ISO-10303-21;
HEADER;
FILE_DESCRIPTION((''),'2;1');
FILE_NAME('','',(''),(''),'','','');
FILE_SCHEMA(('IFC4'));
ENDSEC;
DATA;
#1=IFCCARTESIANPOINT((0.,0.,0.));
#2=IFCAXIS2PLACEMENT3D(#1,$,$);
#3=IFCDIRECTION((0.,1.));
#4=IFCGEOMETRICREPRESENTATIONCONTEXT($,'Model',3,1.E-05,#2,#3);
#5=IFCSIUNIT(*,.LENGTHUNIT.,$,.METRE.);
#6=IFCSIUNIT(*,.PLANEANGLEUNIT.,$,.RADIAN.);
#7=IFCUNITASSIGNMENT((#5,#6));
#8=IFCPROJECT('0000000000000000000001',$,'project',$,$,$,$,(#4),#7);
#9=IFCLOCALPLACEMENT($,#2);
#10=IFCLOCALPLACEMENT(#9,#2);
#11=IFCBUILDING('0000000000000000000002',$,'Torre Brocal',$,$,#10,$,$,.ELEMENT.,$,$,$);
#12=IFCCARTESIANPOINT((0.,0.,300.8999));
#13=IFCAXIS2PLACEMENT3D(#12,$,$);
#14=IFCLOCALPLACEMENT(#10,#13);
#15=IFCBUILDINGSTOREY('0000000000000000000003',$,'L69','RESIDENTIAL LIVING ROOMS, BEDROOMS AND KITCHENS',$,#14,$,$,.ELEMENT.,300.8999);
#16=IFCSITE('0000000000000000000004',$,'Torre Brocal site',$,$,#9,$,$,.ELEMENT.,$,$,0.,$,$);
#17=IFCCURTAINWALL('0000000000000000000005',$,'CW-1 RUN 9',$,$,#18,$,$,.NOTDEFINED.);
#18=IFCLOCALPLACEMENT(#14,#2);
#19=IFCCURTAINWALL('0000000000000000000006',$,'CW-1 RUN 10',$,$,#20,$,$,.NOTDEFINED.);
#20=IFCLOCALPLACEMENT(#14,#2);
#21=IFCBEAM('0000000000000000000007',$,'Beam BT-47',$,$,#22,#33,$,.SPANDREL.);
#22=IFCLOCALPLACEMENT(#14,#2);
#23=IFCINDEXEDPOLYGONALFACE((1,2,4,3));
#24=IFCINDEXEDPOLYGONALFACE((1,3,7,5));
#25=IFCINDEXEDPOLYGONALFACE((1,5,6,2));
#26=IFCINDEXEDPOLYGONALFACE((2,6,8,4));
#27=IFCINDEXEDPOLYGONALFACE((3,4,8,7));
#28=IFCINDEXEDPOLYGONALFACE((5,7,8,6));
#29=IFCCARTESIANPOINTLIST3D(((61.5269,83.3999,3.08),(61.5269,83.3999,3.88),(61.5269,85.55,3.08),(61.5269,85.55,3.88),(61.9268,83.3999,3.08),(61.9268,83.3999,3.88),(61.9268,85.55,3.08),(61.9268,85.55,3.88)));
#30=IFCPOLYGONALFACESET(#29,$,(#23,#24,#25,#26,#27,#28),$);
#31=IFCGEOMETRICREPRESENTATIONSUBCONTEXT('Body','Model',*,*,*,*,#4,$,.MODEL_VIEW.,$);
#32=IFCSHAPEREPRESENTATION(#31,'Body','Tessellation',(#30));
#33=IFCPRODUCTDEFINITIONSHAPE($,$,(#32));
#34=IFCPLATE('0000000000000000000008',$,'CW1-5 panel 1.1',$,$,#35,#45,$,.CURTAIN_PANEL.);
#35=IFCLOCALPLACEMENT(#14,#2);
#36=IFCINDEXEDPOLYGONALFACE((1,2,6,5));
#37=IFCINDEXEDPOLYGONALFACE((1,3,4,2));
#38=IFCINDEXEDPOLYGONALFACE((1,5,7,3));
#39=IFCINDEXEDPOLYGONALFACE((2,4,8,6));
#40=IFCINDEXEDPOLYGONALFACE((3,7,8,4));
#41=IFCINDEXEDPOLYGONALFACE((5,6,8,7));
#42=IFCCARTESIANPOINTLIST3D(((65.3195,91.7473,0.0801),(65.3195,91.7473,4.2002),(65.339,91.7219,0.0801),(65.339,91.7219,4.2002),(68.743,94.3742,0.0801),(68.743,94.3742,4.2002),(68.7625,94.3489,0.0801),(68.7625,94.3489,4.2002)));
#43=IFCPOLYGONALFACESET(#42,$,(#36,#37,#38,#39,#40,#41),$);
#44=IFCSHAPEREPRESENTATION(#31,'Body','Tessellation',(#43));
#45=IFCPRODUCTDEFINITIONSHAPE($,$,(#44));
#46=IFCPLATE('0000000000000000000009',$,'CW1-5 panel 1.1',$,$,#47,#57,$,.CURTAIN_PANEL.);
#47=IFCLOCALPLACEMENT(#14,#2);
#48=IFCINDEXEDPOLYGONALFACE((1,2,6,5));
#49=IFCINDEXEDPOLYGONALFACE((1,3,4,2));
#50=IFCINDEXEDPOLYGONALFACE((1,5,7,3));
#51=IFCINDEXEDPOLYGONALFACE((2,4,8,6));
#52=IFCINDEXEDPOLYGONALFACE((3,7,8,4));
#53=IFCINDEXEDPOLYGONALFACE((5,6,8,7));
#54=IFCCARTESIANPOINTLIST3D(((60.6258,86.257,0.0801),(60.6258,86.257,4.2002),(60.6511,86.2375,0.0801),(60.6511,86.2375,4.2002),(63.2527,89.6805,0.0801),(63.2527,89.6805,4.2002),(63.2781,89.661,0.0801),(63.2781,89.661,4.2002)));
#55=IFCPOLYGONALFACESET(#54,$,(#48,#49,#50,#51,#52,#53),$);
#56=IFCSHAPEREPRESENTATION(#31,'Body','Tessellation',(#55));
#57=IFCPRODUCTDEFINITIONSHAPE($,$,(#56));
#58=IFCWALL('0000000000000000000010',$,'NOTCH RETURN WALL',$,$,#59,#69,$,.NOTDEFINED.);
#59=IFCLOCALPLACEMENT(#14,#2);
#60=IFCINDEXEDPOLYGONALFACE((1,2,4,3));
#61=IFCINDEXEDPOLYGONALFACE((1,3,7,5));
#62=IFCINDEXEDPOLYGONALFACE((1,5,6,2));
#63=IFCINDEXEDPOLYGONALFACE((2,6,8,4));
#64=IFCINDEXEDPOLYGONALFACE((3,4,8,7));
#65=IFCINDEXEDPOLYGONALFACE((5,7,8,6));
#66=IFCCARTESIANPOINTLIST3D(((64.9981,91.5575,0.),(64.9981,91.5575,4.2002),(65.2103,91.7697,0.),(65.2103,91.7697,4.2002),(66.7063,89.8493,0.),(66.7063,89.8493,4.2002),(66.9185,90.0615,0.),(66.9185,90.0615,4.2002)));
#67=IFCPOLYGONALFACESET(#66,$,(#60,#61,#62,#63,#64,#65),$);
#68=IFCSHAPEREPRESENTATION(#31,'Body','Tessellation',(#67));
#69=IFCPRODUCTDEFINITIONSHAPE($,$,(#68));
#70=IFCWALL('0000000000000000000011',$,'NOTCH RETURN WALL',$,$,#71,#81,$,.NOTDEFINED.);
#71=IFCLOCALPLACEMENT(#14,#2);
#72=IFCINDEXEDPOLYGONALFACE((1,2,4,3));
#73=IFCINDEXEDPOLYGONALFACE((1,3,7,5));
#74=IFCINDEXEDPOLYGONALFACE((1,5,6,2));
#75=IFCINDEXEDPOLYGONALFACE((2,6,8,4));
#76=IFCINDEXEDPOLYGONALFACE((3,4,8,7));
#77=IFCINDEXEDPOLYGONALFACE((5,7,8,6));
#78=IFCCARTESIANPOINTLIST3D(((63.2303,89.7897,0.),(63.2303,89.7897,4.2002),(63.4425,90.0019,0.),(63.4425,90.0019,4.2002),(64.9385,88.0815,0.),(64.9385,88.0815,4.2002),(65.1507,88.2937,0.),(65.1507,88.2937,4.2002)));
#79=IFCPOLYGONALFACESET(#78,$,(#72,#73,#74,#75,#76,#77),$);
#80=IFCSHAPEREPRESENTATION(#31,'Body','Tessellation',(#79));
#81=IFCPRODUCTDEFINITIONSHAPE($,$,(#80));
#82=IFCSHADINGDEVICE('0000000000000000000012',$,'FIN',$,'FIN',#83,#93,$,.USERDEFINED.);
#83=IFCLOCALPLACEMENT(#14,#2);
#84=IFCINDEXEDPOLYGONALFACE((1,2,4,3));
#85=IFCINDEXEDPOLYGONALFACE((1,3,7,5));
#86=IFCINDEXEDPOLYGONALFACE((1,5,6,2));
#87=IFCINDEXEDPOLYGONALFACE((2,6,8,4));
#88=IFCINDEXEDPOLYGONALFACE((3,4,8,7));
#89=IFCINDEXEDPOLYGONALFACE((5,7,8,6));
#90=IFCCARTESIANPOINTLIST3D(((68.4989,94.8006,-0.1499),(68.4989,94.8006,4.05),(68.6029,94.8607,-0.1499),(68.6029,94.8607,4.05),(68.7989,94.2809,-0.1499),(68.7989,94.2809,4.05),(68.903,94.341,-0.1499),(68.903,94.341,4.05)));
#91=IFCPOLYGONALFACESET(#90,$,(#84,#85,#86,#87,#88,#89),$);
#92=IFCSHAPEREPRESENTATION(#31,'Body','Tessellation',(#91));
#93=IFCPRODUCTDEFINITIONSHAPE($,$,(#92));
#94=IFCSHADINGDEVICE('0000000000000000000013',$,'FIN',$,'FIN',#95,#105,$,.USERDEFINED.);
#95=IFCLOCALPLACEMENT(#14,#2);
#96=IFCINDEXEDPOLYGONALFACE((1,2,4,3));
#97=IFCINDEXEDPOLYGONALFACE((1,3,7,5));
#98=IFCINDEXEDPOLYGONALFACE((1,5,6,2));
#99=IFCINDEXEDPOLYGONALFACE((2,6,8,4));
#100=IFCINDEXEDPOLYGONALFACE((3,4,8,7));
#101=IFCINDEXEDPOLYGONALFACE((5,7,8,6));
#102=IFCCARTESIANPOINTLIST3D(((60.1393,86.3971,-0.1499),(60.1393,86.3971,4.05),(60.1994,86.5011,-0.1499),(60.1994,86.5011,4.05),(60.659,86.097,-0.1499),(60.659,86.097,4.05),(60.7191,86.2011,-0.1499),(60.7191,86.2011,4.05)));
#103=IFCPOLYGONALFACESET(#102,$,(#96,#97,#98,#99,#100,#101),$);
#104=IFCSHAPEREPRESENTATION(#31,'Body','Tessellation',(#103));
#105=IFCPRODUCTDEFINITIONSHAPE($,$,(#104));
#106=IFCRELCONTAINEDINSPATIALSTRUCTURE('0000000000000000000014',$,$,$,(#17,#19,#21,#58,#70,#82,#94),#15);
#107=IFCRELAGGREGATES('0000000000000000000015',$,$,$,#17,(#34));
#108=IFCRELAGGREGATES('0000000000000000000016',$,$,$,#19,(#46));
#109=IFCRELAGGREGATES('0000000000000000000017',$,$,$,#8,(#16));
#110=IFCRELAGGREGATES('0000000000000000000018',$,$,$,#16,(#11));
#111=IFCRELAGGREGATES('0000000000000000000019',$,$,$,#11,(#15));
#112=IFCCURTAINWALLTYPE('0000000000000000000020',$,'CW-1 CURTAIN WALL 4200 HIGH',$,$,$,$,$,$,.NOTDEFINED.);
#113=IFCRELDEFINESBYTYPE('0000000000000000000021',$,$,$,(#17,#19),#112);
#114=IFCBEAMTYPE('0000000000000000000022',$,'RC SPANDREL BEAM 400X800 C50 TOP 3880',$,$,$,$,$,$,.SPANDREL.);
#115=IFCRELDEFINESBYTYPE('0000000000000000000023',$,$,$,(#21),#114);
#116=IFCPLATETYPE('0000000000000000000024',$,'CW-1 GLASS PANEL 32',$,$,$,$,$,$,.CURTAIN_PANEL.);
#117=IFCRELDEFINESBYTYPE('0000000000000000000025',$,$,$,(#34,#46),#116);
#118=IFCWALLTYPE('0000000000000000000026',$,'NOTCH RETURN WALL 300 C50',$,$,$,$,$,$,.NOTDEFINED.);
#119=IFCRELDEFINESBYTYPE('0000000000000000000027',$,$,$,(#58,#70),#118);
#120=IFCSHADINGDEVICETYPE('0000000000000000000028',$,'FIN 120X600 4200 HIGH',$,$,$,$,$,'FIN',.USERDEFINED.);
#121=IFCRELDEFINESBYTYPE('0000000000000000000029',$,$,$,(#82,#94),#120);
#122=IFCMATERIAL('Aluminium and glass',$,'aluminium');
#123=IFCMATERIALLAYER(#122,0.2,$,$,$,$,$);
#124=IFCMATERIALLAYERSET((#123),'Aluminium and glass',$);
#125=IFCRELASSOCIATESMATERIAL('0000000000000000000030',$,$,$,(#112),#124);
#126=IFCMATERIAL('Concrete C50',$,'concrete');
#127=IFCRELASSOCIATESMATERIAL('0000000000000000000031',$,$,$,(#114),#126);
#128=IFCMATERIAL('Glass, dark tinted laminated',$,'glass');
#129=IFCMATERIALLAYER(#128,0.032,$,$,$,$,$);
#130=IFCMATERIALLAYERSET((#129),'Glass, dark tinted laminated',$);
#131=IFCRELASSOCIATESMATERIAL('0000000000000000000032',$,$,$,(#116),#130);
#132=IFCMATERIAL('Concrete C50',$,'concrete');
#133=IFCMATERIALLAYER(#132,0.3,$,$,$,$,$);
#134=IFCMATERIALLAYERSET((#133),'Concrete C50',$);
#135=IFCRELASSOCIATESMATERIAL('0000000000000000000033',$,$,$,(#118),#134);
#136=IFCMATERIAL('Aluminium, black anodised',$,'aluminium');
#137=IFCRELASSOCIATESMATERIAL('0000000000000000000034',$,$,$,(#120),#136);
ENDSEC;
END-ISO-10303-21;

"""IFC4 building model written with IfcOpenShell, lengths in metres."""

from ifc_helpers import new_model, si_unit, direction, frame, frame_2d, origin, origin_2d, place, context, subcontext, project, spatial, rectangle, extrude, material, layer, layer_set, material_profile, profile_set, type_object, element, aggregate, save


model = new_model("IFC4")

# Units and contexts
model_context = context("Model", 3, precision=1e-05, world=origin(), true_north=direction((0.0, 1.0)))
body_context = subcontext(model_context, "Body", "Model", "MODEL_VIEW")
ifc_project = project(units=[si_unit("LENGTHUNIT", "METRE"), si_unit("PLANEANGLEUNIT", "RADIAN")], contexts=[model_context])

# Site, building, storey
site_placement = place(None, origin())
site = spatial("IfcSite", under=ifc_project, at=site_placement, Name="Torre Brocal site", CompositionType="ELEMENT", RefElevation=0.0)
building_placement = place(site_placement, origin())
building = spatial("IfcBuilding", under=site, at=building_placement, Name="Torre Brocal", CompositionType="ELEMENT")
storey_placement = place(building_placement, frame((0.0, 0.0, 300.8999)))
storey = spatial("IfcBuildingStorey", under=building, at=storey_placement, Name="L69", Description="RESIDENTIAL LIVING ROOMS, BEDROOMS AND KITCHENS", CompositionType="ELEMENT", Elevation=300.8999)

# Shared definitions
ifc_material_1 = material(Name="Aluminium and glass", Category="aluminium")
ifc_layer_1 = layer(ifc_material_1, 0.2)
ifc_layer_set_1 = layer_set([ifc_layer_1], Name="Aluminium and glass")
curtain_wall_type = type_object("IfcCurtainWallType", Name="CW-1 CURTAIN WALL 4200 HIGH", PredefinedType="NOTDEFINED", material=ifc_layer_set_1)

# Curtain walls
curtain_wall_1_placement = place(storey_placement, origin())
curtain_wall_1 = element("IfcCurtainWall", 1, at=curtain_wall_1_placement, inside=storey, type_object=curtain_wall_type, Name="CW-1 RUN 9", PredefinedType="NOTDEFINED")
curtain_wall_2_placement = place(storey_placement, origin())
curtain_wall_2 = element("IfcCurtainWall", 2, at=curtain_wall_2_placement, inside=storey, type_object=curtain_wall_type, Name="CW-1 RUN 10", PredefinedType="NOTDEFINED")

# Beam
ifc_material_2 = material(Name="Concrete C50", Category="concrete")
ifc_material_profile_1 = material_profile(ifc_material_2, rectangle(XDim=0.3999, YDim=0.8, at=origin_2d()), Name="RC 400X800")
ifc_profile_set_1 = profile_set([ifc_material_profile_1], Name="Concrete C50")
beam_type_1 = type_object("IfcBeamType", Name="RC SPANDREL BEAM 400X800 C50 TOP 3880", PredefinedType="SPANDREL", material=ifc_profile_set_1)
beam_1_placement = place(storey_placement, frame((61.7268, 85.55, 3.48), z_axis=(0.0, -1.0, 0.0), x_axis=(1.0, 0.0, 0.0)))
element("IfcBeam", 3, at=beam_1_placement, inside=storey, type_object=beam_type_1, Name="Beam BT-47", PredefinedType="SPANDREL", context=body_context, shape_type="SweptSolid", body=[
    extrude(rectangle(XDim=0.3999, YDim=0.8, at=origin_2d()), origin(), (0.0, 0.0, 1.0), 2.1501),
])

# Plates
ifc_material_3 = material(Name="Glass, dark tinted laminated", Category="glass")
ifc_layer_2 = layer(ifc_material_3, 0.032)
ifc_layer_set_2 = layer_set([ifc_layer_2], Name="Glass, dark tinted laminated")
plate_type = type_object("IfcPlateType", Name="CW-1 GLASS PANEL 32", PredefinedType="CURTAIN_PANEL", material=ifc_layer_set_2)
plate_1_placement = place(storey_placement, frame((67.041, 93.0481, 0.0801), z_axis=(0.0, 0.0, 1.0), x_axis=(-0.793353, -0.608761, 0.0)))
plate_1 = element("IfcPlate", 4, at=plate_1_placement, type_object=plate_type, Name="CW1-5 panel 1.1", PredefinedType="CURTAIN_PANEL", context=body_context, shape_type="SweptSolid", body=[
    extrude(rectangle(XDim=4.3152, YDim=0.032, at=origin_2d()), origin(), (0.0, 0.0, 1.0), 4.1201),
])
aggregate(curtain_wall_1, [plate_1])
plate_2_placement = place(storey_placement, frame((61.9519, 87.959, 0.0801), z_axis=(0.0, 0.0, 1.0), x_axis=(-0.608761, -0.793353, 0.0)))
plate_2 = element("IfcPlate", 5, at=plate_2_placement, type_object=plate_type, Name="CW1-5 panel 1.1", PredefinedType="CURTAIN_PANEL", context=body_context, shape_type="SweptSolid", body=[
    extrude(rectangle(XDim=4.3152, YDim=0.032, at=origin_2d()), origin(), (0.0, 0.0, 1.0), 4.1201),
])
aggregate(curtain_wall_2, [plate_2])

# Walls
ifc_material_4 = material(Name="Concrete C50", Category="concrete")
ifc_layer_3 = layer(ifc_material_4, 0.3)
ifc_layer_set_3 = layer_set([ifc_layer_3], Name="Concrete C50")
wall_type = type_object("IfcWallType", Name="NOTCH RETURN WALL 300 C50", PredefinedType="NOTDEFINED", material=ifc_layer_set_3)
for number, where, z_axis, x_axis, name in (
    (6, (66.8125, 89.9553, 0.0), (0.0, 0.0, 1.0), (-0.707107, 0.707107, 0.0), "NOTCH RETURN WALL"),
    (7, (65.0447, 88.1875, 0.0), (0.0, 0.0, 1.0), (-0.707107, 0.707107, 0.0), "NOTCH RETURN WALL"),
):
    element("IfcWall", number, at=place(storey_placement, frame(where, z_axis=z_axis, x_axis=x_axis)), inside=storey, type_object=wall_type, Name=name, PredefinedType="NOTDEFINED", context=body_context, shape_type="SweptSolid", body=[
        extrude(rectangle(XDim=2.4158, YDim=0.3, at=frame_2d((1.208, 0.0))), origin(), (0.0, 0.0, 1.0), 4.2002),
    ])

# Shading devices
ifc_material_5 = material(Name="Aluminium, black anodised", Category="aluminium")
ifc_material_profile_2 = material_profile(ifc_material_5, rectangle(XDim=0.1201, YDim=0.6001, at=origin_2d()), Name="FIN 120X600 4200 HIGH")
ifc_profile_set_2 = profile_set([ifc_material_profile_2], Name="Aluminium, black anodised")
shading_device_type = type_object("IfcShadingDeviceType", Name="FIN 120X600 4200 HIGH", ElementType="FIN", PredefinedType="USERDEFINED", material=ifc_profile_set_2)
for number, where, z_axis, x_axis, name in (
    (8, (68.7009, 94.5708, -0.1499), (0.0, 0.0, 1.0), (-0.866025, -0.5, 0.0), "FIN"),
    (9, (60.4292, 86.2991, -0.1499), (0.0, 0.0, 1.0), (-0.5, -0.866025, 0.0), "FIN"),
):
    element("IfcShadingDevice", number, at=place(storey_placement, frame(where, z_axis=z_axis, x_axis=x_axis)), inside=storey, type_object=shading_device_type, Name=name, ObjectType="FIN", PredefinedType="USERDEFINED", context=body_context, shape_type="SweptSolid", body=[
        extrude(rectangle(XDim=0.1201, YDim=0.6001, at=origin_2d()), origin(), (0.0, 0.0, 1.0), 4.2),
    ])

save(model, "model.ifc")
